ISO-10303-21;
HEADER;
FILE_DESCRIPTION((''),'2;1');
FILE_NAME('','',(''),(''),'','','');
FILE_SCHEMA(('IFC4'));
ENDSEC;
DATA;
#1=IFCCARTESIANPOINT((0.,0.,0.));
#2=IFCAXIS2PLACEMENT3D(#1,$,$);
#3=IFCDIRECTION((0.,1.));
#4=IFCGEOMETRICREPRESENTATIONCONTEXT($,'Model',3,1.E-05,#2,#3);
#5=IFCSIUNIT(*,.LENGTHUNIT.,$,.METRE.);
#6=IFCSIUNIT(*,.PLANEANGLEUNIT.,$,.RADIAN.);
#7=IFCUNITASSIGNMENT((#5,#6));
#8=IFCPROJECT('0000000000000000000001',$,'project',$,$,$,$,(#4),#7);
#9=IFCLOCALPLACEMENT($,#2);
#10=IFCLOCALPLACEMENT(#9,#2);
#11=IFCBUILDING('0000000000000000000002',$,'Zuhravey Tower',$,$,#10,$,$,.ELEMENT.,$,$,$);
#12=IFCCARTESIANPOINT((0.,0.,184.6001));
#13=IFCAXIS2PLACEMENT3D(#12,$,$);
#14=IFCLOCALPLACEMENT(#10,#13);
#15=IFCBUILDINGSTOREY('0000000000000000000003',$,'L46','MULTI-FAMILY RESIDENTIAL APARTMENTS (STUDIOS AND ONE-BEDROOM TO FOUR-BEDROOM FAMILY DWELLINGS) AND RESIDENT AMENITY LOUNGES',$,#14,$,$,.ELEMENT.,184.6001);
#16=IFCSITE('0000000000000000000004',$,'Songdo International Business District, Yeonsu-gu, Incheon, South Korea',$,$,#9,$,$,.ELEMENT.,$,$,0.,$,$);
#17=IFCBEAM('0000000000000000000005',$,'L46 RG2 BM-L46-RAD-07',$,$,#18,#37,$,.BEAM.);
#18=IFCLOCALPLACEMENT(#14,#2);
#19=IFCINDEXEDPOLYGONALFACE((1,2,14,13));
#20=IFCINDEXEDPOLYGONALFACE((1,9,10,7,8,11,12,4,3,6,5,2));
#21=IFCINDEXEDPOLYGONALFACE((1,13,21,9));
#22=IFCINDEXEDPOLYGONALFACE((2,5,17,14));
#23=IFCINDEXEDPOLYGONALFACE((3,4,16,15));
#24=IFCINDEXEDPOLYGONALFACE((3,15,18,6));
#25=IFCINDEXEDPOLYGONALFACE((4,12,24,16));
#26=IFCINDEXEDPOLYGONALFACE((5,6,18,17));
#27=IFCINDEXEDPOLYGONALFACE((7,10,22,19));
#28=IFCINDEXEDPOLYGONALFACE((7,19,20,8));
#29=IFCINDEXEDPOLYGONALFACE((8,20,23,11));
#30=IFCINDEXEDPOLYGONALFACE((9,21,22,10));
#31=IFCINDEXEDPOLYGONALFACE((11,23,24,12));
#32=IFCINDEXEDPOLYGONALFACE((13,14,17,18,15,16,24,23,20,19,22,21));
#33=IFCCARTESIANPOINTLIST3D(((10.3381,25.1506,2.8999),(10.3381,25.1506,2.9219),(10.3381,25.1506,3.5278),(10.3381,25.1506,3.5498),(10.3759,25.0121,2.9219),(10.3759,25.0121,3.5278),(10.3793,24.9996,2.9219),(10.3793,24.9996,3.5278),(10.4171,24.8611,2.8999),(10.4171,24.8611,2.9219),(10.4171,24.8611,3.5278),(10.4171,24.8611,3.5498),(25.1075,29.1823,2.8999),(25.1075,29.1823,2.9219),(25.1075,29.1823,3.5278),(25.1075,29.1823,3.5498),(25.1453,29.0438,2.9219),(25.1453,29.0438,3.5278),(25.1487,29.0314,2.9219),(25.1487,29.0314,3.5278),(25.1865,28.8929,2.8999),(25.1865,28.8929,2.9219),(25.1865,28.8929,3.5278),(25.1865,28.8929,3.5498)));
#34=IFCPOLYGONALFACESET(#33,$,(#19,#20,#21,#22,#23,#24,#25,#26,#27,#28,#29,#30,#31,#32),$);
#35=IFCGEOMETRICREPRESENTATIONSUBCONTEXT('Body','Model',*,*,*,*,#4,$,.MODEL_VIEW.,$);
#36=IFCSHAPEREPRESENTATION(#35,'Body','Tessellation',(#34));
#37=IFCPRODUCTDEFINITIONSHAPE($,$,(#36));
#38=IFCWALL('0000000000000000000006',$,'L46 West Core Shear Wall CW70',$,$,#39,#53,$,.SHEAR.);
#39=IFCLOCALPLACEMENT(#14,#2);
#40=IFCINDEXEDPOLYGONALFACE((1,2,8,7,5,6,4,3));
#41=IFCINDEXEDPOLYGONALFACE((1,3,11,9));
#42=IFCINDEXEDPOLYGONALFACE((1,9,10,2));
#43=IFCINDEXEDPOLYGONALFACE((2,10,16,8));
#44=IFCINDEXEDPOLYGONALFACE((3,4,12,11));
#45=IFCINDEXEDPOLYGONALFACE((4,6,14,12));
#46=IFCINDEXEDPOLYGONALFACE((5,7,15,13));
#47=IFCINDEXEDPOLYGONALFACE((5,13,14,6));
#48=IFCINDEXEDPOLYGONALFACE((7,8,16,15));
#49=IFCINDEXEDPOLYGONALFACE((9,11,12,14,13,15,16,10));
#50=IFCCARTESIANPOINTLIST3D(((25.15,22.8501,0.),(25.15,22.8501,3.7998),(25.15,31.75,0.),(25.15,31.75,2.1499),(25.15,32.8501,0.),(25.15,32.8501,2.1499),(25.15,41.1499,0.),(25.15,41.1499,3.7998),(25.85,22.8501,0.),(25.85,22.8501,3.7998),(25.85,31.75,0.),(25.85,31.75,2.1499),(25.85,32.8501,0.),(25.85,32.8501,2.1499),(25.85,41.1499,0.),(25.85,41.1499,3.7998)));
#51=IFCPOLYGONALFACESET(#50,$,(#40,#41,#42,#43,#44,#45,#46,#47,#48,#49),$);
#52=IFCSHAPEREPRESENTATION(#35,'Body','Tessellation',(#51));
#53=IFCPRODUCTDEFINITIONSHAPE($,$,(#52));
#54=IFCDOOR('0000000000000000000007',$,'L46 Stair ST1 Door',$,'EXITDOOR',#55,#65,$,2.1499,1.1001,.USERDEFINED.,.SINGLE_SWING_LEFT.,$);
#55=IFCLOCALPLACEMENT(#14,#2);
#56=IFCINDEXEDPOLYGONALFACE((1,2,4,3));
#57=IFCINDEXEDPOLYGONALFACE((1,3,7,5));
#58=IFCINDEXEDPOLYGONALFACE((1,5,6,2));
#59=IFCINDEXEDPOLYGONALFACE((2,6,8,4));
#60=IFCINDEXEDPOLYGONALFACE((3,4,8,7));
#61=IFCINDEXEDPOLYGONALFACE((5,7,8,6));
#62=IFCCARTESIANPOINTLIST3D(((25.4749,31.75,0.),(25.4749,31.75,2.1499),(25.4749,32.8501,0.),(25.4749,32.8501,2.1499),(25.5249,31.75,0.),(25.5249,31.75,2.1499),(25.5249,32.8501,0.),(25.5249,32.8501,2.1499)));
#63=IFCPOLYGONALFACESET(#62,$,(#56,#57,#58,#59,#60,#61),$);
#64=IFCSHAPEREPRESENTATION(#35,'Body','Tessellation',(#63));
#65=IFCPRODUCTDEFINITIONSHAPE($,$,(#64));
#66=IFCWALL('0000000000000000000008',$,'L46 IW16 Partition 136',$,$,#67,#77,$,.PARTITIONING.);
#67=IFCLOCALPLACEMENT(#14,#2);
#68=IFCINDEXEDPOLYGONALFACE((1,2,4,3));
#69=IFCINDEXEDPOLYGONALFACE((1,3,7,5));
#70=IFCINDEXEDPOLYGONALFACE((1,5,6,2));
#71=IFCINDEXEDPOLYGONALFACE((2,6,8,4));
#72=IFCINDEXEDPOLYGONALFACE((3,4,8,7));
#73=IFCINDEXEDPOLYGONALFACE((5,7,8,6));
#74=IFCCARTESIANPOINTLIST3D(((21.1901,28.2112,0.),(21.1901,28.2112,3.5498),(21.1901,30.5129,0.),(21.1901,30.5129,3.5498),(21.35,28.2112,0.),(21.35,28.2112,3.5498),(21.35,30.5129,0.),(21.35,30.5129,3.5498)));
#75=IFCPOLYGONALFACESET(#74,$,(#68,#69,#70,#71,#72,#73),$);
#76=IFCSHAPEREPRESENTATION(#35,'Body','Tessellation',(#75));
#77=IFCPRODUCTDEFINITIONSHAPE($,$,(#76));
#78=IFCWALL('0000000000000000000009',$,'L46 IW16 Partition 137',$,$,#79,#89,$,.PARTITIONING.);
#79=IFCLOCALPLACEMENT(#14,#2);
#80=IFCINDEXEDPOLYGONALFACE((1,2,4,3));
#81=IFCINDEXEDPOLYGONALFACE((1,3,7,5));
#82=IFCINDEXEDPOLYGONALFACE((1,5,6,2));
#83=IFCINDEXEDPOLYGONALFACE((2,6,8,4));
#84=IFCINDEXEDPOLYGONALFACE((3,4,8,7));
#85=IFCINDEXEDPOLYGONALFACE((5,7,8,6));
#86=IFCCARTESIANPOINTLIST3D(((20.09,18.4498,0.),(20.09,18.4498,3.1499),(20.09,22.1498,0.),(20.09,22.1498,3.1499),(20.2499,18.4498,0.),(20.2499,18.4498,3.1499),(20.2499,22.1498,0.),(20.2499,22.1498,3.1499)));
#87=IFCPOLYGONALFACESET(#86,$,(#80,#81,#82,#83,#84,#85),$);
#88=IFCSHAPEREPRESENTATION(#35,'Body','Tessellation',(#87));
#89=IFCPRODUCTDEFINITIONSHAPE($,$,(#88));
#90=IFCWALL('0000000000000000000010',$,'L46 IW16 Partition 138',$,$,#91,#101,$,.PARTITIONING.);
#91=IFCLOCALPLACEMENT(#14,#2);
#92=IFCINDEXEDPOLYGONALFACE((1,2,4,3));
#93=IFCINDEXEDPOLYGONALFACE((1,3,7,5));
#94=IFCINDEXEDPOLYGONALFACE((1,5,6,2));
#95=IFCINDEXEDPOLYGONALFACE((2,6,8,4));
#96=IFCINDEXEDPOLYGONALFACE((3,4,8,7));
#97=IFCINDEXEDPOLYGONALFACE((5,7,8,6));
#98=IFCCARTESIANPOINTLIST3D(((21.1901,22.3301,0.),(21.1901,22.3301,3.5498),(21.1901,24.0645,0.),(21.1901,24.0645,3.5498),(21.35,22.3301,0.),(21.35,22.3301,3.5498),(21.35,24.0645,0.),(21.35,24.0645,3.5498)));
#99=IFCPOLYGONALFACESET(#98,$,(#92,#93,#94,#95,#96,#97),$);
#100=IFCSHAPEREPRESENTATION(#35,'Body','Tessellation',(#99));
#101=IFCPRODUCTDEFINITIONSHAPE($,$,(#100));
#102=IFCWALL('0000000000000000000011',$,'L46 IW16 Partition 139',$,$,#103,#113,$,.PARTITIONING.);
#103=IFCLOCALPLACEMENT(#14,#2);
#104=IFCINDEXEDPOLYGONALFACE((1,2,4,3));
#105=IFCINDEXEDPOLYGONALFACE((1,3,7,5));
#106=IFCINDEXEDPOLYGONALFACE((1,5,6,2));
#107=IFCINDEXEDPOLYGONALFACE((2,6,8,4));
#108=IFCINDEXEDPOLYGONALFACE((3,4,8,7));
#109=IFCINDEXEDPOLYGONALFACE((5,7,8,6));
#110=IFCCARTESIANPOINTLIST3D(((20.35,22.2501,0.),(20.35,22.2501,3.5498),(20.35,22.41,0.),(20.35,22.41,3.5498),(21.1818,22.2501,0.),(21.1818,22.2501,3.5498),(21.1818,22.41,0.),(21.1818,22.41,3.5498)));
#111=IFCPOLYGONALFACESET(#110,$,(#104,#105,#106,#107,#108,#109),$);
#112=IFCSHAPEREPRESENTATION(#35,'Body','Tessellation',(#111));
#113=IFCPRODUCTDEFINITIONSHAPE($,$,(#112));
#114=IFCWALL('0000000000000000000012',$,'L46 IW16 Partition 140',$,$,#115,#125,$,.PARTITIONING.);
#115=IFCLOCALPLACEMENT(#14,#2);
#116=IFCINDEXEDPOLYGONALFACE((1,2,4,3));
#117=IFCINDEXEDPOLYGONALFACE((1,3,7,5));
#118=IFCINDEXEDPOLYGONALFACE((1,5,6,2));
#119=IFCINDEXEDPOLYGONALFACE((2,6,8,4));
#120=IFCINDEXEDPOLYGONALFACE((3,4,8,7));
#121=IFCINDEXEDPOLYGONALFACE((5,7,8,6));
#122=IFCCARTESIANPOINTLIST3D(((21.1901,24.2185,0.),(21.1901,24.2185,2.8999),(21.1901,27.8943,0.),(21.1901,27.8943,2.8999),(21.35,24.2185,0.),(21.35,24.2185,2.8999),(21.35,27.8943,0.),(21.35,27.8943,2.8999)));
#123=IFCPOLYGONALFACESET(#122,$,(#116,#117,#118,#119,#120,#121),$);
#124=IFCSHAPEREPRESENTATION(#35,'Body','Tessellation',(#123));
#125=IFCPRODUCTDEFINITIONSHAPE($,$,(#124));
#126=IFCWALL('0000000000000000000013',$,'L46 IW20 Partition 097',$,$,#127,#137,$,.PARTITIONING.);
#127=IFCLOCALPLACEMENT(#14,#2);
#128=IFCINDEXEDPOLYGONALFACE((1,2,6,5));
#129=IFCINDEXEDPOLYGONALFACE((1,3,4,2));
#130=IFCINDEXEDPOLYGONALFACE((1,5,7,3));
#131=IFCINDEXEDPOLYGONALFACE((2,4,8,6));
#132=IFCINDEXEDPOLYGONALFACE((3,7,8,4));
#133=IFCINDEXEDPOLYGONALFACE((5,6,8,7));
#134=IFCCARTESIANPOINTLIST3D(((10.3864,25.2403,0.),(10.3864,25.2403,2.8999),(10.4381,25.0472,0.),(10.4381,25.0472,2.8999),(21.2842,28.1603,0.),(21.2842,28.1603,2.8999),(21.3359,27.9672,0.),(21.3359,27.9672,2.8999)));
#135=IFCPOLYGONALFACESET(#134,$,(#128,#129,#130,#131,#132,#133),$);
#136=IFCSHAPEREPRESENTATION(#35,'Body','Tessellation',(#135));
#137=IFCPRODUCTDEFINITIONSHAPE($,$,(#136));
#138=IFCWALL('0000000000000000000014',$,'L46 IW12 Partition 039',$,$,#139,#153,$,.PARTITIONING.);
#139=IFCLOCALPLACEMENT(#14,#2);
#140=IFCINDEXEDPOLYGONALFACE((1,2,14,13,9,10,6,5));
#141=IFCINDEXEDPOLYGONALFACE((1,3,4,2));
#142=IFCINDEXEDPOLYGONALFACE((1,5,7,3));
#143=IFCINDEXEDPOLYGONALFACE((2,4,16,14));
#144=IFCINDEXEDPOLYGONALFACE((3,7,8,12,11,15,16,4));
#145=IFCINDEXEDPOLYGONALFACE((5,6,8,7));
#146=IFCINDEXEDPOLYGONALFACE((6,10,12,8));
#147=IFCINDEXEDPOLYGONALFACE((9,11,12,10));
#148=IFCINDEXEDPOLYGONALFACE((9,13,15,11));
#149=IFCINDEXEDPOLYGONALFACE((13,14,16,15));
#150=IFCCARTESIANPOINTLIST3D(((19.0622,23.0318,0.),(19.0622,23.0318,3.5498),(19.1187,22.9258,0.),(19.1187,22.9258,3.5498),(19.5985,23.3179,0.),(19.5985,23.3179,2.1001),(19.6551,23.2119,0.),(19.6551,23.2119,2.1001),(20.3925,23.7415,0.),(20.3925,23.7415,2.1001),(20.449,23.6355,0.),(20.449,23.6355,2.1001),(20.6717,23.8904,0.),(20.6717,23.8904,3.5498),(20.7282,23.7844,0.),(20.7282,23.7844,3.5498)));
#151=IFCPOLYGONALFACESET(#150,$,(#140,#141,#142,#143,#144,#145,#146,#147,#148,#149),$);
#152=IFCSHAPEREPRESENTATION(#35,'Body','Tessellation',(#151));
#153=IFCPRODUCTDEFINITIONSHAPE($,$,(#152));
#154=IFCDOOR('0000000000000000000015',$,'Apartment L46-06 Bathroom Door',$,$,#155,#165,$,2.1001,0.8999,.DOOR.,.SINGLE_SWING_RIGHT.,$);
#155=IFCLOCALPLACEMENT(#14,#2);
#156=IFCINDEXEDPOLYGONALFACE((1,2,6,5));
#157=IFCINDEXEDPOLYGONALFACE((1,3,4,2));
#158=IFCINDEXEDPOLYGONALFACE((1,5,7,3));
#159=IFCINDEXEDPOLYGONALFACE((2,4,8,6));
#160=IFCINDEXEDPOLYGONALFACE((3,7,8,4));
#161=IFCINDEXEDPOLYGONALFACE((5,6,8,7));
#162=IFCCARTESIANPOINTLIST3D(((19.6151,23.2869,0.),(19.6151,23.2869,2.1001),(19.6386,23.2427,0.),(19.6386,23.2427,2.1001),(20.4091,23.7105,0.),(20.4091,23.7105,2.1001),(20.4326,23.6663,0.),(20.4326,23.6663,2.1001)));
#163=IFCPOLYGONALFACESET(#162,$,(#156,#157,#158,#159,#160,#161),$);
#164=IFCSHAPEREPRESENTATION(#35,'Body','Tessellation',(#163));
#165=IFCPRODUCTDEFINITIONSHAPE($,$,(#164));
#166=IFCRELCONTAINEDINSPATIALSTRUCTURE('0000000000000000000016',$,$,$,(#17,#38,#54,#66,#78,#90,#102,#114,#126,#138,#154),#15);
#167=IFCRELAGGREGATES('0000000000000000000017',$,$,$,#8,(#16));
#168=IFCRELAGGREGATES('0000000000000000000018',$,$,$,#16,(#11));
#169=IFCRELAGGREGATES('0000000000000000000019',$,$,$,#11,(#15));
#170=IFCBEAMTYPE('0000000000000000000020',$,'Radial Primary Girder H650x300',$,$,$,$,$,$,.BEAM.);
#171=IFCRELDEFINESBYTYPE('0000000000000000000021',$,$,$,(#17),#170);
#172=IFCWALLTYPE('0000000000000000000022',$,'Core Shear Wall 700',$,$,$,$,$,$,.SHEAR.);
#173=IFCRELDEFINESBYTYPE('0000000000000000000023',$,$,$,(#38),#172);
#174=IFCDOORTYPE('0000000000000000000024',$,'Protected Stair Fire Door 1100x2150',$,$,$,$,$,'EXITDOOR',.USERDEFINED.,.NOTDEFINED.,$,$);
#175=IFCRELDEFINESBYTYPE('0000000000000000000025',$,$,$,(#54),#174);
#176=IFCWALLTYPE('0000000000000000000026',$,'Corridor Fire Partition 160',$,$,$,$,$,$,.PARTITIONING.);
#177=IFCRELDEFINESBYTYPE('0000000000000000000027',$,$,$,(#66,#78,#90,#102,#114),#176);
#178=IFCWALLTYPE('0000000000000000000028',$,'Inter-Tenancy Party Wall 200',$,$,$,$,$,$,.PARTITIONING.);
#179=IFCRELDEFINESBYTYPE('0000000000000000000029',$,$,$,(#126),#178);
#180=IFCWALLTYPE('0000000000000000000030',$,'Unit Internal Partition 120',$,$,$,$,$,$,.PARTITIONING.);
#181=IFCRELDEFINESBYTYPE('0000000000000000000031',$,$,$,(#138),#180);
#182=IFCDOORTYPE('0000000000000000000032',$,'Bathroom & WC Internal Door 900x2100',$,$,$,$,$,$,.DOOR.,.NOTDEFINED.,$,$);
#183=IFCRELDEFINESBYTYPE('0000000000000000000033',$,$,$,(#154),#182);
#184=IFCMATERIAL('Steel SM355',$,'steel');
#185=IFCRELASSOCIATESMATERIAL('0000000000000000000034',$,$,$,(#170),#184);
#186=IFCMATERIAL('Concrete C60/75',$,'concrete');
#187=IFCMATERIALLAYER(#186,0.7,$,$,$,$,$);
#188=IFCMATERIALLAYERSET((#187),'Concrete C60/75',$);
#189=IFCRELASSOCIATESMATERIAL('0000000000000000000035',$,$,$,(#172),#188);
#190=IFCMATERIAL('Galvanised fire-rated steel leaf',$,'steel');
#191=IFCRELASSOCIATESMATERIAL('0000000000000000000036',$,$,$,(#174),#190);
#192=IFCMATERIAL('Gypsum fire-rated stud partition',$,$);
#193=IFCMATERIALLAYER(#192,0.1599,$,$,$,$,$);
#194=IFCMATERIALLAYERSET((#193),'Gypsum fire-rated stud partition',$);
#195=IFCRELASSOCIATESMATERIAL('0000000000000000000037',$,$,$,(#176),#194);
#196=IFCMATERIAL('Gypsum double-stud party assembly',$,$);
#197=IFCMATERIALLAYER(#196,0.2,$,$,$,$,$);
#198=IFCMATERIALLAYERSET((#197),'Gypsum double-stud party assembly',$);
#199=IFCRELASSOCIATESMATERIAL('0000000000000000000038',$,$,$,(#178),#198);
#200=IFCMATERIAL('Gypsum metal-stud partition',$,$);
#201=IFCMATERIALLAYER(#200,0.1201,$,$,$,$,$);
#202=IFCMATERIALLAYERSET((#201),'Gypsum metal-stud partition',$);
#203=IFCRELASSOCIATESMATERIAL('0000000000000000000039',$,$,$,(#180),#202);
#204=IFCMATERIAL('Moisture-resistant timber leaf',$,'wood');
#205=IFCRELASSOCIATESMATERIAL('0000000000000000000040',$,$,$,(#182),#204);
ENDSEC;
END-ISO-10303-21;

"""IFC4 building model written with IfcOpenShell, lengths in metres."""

from ifc_helpers import new_model, si_unit, direction, frame, frame_2d, origin, origin_2d, place, context, subcontext, project, spatial, rectangle, i_section, extrude, material, layer, layer_set, material_profile, profile_set, type_object, element, fill, save


model = new_model("IFC4")

# Units and contexts
model_context = context("Model", 3, precision=1e-05, world=origin(), true_north=direction((0.0, 1.0)))
body_context = subcontext(model_context, "Body", "Model", "MODEL_VIEW")
ifc_project = project(units=[si_unit("LENGTHUNIT", "METRE"), si_unit("PLANEANGLEUNIT", "RADIAN")], contexts=[model_context])

# Site, building, storey
site_placement = place(None, origin())
site = spatial("IfcSite", under=ifc_project, at=site_placement, Name="Songdo International Business District, Yeonsu-gu, Incheon, South Korea", CompositionType="ELEMENT", RefElevation=0.0)
building_placement = place(site_placement, origin())
building = spatial("IfcBuilding", under=site, at=building_placement, Name="Zuhravey Tower", CompositionType="ELEMENT")
storey_placement = place(building_placement, frame((0.0, 0.0, 184.6001)))
storey = spatial("IfcBuildingStorey", under=building, at=storey_placement, Name="L46", Description="MULTI-FAMILY RESIDENTIAL APARTMENTS (STUDIOS AND ONE-BEDROOM TO FOUR-BEDROOM FAMILY DWELLINGS) AND RESIDENT AMENITY LOUNGES", CompositionType="ELEMENT", Elevation=184.6001)

# Beam
ifc_material_1 = material(Name="Steel SM355", Category="steel")
ifc_material_profile = material_profile(ifc_material_1, i_section(OverallWidth=0.3, OverallDepth=0.6499, WebThickness=0.0129, FlangeThickness=0.022, at=origin_2d()), Name="H-650x300x13x22")
ifc_profile_set = profile_set([ifc_material_profile], Name="Steel SM355")
beam_type = type_object("IfcBeamType", Name="Radial Primary Girder H650x300", PredefinedType="BEAM", material=ifc_profile_set)
beam_placement = place(storey_placement, frame((25.147, 29.0376, 3.2249), z_axis=(-0.964702, -0.263345, 0.0), x_axis=(0.263345, -0.964702, 0.0)))
element("IfcBeam", 1, at=beam_placement, inside=storey, type_object=beam_type, Name="L46 RG2 BM-L46-RAD-07", PredefinedType="BEAM", context=body_context, shape_type="SweptSolid", body=[
    extrude(i_section(OverallWidth=0.3, OverallDepth=0.6499, WebThickness=0.0129, FlangeThickness=0.022, at=origin_2d()), origin(), (0.0, 0.0, 1.0), 15.3098),
])

# Wall, opening, door
ifc_material_2 = material(Name="Concrete C60/75", Category="concrete")
ifc_layer_1 = layer(ifc_material_2, 0.7)
ifc_layer_set_1 = layer_set([ifc_layer_1], Name="Concrete C60/75")
wall_type_1 = type_object("IfcWallType", Name="Core Shear Wall 700", PredefinedType="SHEAR", material=ifc_layer_set_1)
ifc_material_3 = material(Name="Galvanised fire-rated steel leaf", Category="steel")
wall_1_placement = place(storey_placement, frame((25.5, 22.8501, 0.0), z_axis=(0.0, 0.0, 1.0), x_axis=(0.0, 1.0, 0.0)))
wall_1 = element("IfcWall", 2, at=wall_1_placement, inside=storey, type_object=wall_type_1, Name="L46 West Core Shear Wall CW70", PredefinedType="SHEAR", context=body_context, shape_type="SweptSolid", body=[
    extrude(rectangle(XDim=18.2998, YDim=0.7, at=frame_2d((9.1499, 0.0))), origin(), (0.0, 0.0, 1.0), 3.7998),
])
opening_1_placement = place(wall_1_placement, frame((8.8999, 0.0, 0.0)))
opening_1 = element("IfcOpeningElement", 3, at=opening_1_placement, cuts=wall_1, PredefinedType="OPENING", context=body_context, shape_type="SweptSolid", body=[
    extrude(rectangle(XDim=1.1001, YDim=2.1499, at=frame_2d((0.55, 1.075))), frame((0.0, 0.3621, 0.0), z_axis=(0.0, -1.0, 0.0), x_axis=(1.0, 0.0, 0.0)), (0.0, 0.0, 1.0), 0.7239),
])
door_type_1 = type_object("IfcDoorType", Name="Protected Stair Fire Door 1100x2150", ElementType="EXITDOOR", OperationType="NOTDEFINED", PredefinedType="USERDEFINED", material=ifc_material_3)
door_1_placement = place(opening_1_placement, frame((1.1001, 0.0, 0.0), z_axis=(0.0, 0.0, 1.0), x_axis=(-1.0, 0.0, 0.0)))
door_1 = element("IfcDoor", 4, at=door_1_placement, inside=storey, type_object=door_type_1, Name="L46 Stair ST1 Door", ObjectType="EXITDOOR", OperationType="SINGLE_SWING_LEFT", OverallHeight=2.1499, OverallWidth=1.1001, PredefinedType="USERDEFINED", context=body_context, shape_type="SweptSolid", body=[
    extrude(rectangle(XDim=1.1001, YDim=2.1499, at=frame_2d((0.55, 1.075))), frame((0.0, 0.0249, 0.0), z_axis=(0.0, -1.0, 0.0), x_axis=(1.0, 0.0, 0.0)), (0.0, 0.0, 1.0), 0.05),
])
fill(opening_1, door_1)
ifc_material_4 = material(Name="Gypsum fire-rated stud partition")
ifc_layer_2 = layer(ifc_material_4, 0.1599)
ifc_layer_set_2 = layer_set([ifc_layer_2], Name="Gypsum fire-rated stud partition")
wall_type_2 = type_object("IfcWallType", Name="Corridor Fire Partition 160", PredefinedType="PARTITIONING", material=ifc_layer_set_2)

# Walls
wall_2_placement = place(storey_placement, frame((21.27, 30.5129, 0.0), z_axis=(0.0, 0.0, 1.0), x_axis=(0.0, -1.0, 0.0)))
element("IfcWall", 5, at=wall_2_placement, inside=storey, type_object=wall_type_2, Name="L46 IW16 Partition 136", PredefinedType="PARTITIONING", context=body_context, shape_type="SweptSolid", body=[
    extrude(rectangle(XDim=2.3018, YDim=0.1599, at=frame_2d((1.1509, 0.0))), origin(), (0.0, 0.0, 1.0), 3.5498),
])
wall_3_placement = place(storey_placement, frame((20.1699, 22.1499, 0.0), z_axis=(0.0, 0.0, 1.0), x_axis=(0.0, -1.0, 0.0)))
element("IfcWall", 6, at=wall_3_placement, inside=storey, type_object=wall_type_2, Name="L46 IW16 Partition 137", PredefinedType="PARTITIONING", context=body_context, shape_type="SweptSolid", body=[
    extrude(rectangle(XDim=3.7, YDim=0.1599, at=frame_2d((1.8501, 0.0))), origin(), (0.0, 0.0, 1.0), 3.1499),
])
wall_4_placement = place(storey_placement, frame((21.27, 24.0645, 0.0), z_axis=(0.0, 0.0, 1.0), x_axis=(0.0, -1.0, 0.0)))
element("IfcWall", 7, at=wall_4_placement, inside=storey, type_object=wall_type_2, Name="L46 IW16 Partition 138", PredefinedType="PARTITIONING", context=body_context, shape_type="SweptSolid", body=[
    extrude(rectangle(XDim=1.7344, YDim=0.1599, at=frame_2d((0.8672, 0.0))), origin(), (0.0, 0.0, 1.0), 3.5498),
])
wall_5_placement = place(storey_placement, frame((21.1819, 22.3301, 0.0), z_axis=(0.0, 0.0, 1.0), x_axis=(-1.0, 0.0, 0.0)))
element("IfcWall", 8, at=wall_5_placement, inside=storey, type_object=wall_type_2, Name="L46 IW16 Partition 139", PredefinedType="PARTITIONING", context=body_context, shape_type="SweptSolid", body=[
    extrude(rectangle(XDim=0.8318, YDim=0.1599, at=frame_2d((0.416, 0.0))), origin(), (0.0, 0.0, 1.0), 3.5498),
])
wall_6_placement = place(storey_placement, frame((21.27, 27.8943, 0.0), z_axis=(0.0, 0.0, 1.0), x_axis=(0.0, -1.0, 0.0)))
element("IfcWall", 9, at=wall_6_placement, inside=storey, type_object=wall_type_2, Name="L46 IW16 Partition 140", PredefinedType="PARTITIONING", context=body_context, shape_type="SweptSolid", body=[
    extrude(rectangle(XDim=3.6758, YDim=0.1599, at=frame_2d((1.8379, 0.0))), origin(), (0.0, 0.0, 1.0), 2.8999),
])
ifc_material_5 = material(Name="Gypsum double-stud party assembly")
ifc_layer_3 = layer(ifc_material_5, 0.2)
ifc_layer_set_3 = layer_set([ifc_layer_3], Name="Gypsum double-stud party assembly")
wall_type_3 = type_object("IfcWallType", Name="Inter-Tenancy Party Wall 200", PredefinedType="PARTITIONING", material=ifc_layer_set_3)
wall_7_placement = place(storey_placement, frame((21.3101, 28.0637, 0.0), z_axis=(0.0, 0.0, 1.0), x_axis=(-0.965928, -0.25881, 0.0)))
element("IfcWall", 10, at=wall_7_placement, inside=storey, type_object=wall_type_3, Name="L46 IW20 Partition 097", PredefinedType="PARTITIONING", context=body_context, shape_type="SweptSolid", body=[
    extrude(rectangle(XDim=11.2822, YDim=0.2, at=frame_2d((5.6411, 0.0))), origin(), (0.0, 0.0, 1.0), 2.8999),
])

# Wall, opening, door
ifc_material_6 = material(Name="Gypsum metal-stud partition")
ifc_layer_4 = layer(ifc_material_6, 0.1201)
ifc_layer_set_4 = layer_set([ifc_layer_4], Name="Gypsum metal-stud partition")
wall_type_4 = type_object("IfcWallType", Name="Unit Internal Partition 120", PredefinedType="PARTITIONING", material=ifc_layer_set_4)
wall_8_placement = place(storey_placement, frame((20.7, 23.8374, 0.0), z_axis=(0.0, 0.0, 1.0), x_axis=(-0.882312, -0.470665, 0.0)))
wall_8 = element("IfcWall", 11, at=wall_8_placement, inside=storey, type_object=wall_type_4, Name="L46 IW12 Partition 039", PredefinedType="PARTITIONING", context=body_context, shape_type="SweptSolid", body=[
    extrude(rectangle(XDim=1.8242, YDim=0.1201, at=frame_2d((0.9121, 0.0))), origin(), (0.0, 0.0, 1.0), 3.5498),
])
opening_2_placement = place(wall_8_placement, frame((0.3164, 0.0, 0.0)))
opening_2 = element("IfcOpeningElement", 12, at=opening_2_placement, cuts=wall_8, PredefinedType="OPENING", context=body_context, shape_type="SweptSolid", body=[
    extrude(rectangle(XDim=0.8999, YDim=2.1001, at=frame_2d((0.45, 1.05))), frame((0.0, 0.072, 0.0), z_axis=(0.0, -1.0, 0.0), x_axis=(1.0, 0.0, 0.0)), (0.0, 0.0, 1.0), 0.144),
])
ifc_material_7 = material(Name="Moisture-resistant timber leaf", Category="wood")
door_type_2 = type_object("IfcDoorType", Name="Bathroom & WC Internal Door 900x2100", OperationType="NOTDEFINED", PredefinedType="DOOR", material=ifc_material_7)
door_2_placement = place(opening_2_placement, frame((0.8999, 0.0, 0.0), z_axis=(0.0, 0.0, 1.0), x_axis=(-1.0, 0.0, 0.0)))
door_2 = element("IfcDoor", 13, at=door_2_placement, inside=storey, type_object=door_type_2, Name="Apartment L46-06 Bathroom Door", OperationType="SINGLE_SWING_RIGHT", OverallHeight=2.1001, OverallWidth=0.8999, PredefinedType="DOOR", context=body_context, shape_type="SweptSolid", body=[
    extrude(rectangle(XDim=0.8999, YDim=2.1001, at=frame_2d((0.45, 1.05))), frame((0.0, 0.0249, 0.0), z_axis=(0.0, -1.0, 0.0), x_axis=(1.0, 0.0, 0.0)), (0.0, 0.0, 1.0), 0.05),
])
fill(opening_2, door_2)

save(model, "model.ifc")
